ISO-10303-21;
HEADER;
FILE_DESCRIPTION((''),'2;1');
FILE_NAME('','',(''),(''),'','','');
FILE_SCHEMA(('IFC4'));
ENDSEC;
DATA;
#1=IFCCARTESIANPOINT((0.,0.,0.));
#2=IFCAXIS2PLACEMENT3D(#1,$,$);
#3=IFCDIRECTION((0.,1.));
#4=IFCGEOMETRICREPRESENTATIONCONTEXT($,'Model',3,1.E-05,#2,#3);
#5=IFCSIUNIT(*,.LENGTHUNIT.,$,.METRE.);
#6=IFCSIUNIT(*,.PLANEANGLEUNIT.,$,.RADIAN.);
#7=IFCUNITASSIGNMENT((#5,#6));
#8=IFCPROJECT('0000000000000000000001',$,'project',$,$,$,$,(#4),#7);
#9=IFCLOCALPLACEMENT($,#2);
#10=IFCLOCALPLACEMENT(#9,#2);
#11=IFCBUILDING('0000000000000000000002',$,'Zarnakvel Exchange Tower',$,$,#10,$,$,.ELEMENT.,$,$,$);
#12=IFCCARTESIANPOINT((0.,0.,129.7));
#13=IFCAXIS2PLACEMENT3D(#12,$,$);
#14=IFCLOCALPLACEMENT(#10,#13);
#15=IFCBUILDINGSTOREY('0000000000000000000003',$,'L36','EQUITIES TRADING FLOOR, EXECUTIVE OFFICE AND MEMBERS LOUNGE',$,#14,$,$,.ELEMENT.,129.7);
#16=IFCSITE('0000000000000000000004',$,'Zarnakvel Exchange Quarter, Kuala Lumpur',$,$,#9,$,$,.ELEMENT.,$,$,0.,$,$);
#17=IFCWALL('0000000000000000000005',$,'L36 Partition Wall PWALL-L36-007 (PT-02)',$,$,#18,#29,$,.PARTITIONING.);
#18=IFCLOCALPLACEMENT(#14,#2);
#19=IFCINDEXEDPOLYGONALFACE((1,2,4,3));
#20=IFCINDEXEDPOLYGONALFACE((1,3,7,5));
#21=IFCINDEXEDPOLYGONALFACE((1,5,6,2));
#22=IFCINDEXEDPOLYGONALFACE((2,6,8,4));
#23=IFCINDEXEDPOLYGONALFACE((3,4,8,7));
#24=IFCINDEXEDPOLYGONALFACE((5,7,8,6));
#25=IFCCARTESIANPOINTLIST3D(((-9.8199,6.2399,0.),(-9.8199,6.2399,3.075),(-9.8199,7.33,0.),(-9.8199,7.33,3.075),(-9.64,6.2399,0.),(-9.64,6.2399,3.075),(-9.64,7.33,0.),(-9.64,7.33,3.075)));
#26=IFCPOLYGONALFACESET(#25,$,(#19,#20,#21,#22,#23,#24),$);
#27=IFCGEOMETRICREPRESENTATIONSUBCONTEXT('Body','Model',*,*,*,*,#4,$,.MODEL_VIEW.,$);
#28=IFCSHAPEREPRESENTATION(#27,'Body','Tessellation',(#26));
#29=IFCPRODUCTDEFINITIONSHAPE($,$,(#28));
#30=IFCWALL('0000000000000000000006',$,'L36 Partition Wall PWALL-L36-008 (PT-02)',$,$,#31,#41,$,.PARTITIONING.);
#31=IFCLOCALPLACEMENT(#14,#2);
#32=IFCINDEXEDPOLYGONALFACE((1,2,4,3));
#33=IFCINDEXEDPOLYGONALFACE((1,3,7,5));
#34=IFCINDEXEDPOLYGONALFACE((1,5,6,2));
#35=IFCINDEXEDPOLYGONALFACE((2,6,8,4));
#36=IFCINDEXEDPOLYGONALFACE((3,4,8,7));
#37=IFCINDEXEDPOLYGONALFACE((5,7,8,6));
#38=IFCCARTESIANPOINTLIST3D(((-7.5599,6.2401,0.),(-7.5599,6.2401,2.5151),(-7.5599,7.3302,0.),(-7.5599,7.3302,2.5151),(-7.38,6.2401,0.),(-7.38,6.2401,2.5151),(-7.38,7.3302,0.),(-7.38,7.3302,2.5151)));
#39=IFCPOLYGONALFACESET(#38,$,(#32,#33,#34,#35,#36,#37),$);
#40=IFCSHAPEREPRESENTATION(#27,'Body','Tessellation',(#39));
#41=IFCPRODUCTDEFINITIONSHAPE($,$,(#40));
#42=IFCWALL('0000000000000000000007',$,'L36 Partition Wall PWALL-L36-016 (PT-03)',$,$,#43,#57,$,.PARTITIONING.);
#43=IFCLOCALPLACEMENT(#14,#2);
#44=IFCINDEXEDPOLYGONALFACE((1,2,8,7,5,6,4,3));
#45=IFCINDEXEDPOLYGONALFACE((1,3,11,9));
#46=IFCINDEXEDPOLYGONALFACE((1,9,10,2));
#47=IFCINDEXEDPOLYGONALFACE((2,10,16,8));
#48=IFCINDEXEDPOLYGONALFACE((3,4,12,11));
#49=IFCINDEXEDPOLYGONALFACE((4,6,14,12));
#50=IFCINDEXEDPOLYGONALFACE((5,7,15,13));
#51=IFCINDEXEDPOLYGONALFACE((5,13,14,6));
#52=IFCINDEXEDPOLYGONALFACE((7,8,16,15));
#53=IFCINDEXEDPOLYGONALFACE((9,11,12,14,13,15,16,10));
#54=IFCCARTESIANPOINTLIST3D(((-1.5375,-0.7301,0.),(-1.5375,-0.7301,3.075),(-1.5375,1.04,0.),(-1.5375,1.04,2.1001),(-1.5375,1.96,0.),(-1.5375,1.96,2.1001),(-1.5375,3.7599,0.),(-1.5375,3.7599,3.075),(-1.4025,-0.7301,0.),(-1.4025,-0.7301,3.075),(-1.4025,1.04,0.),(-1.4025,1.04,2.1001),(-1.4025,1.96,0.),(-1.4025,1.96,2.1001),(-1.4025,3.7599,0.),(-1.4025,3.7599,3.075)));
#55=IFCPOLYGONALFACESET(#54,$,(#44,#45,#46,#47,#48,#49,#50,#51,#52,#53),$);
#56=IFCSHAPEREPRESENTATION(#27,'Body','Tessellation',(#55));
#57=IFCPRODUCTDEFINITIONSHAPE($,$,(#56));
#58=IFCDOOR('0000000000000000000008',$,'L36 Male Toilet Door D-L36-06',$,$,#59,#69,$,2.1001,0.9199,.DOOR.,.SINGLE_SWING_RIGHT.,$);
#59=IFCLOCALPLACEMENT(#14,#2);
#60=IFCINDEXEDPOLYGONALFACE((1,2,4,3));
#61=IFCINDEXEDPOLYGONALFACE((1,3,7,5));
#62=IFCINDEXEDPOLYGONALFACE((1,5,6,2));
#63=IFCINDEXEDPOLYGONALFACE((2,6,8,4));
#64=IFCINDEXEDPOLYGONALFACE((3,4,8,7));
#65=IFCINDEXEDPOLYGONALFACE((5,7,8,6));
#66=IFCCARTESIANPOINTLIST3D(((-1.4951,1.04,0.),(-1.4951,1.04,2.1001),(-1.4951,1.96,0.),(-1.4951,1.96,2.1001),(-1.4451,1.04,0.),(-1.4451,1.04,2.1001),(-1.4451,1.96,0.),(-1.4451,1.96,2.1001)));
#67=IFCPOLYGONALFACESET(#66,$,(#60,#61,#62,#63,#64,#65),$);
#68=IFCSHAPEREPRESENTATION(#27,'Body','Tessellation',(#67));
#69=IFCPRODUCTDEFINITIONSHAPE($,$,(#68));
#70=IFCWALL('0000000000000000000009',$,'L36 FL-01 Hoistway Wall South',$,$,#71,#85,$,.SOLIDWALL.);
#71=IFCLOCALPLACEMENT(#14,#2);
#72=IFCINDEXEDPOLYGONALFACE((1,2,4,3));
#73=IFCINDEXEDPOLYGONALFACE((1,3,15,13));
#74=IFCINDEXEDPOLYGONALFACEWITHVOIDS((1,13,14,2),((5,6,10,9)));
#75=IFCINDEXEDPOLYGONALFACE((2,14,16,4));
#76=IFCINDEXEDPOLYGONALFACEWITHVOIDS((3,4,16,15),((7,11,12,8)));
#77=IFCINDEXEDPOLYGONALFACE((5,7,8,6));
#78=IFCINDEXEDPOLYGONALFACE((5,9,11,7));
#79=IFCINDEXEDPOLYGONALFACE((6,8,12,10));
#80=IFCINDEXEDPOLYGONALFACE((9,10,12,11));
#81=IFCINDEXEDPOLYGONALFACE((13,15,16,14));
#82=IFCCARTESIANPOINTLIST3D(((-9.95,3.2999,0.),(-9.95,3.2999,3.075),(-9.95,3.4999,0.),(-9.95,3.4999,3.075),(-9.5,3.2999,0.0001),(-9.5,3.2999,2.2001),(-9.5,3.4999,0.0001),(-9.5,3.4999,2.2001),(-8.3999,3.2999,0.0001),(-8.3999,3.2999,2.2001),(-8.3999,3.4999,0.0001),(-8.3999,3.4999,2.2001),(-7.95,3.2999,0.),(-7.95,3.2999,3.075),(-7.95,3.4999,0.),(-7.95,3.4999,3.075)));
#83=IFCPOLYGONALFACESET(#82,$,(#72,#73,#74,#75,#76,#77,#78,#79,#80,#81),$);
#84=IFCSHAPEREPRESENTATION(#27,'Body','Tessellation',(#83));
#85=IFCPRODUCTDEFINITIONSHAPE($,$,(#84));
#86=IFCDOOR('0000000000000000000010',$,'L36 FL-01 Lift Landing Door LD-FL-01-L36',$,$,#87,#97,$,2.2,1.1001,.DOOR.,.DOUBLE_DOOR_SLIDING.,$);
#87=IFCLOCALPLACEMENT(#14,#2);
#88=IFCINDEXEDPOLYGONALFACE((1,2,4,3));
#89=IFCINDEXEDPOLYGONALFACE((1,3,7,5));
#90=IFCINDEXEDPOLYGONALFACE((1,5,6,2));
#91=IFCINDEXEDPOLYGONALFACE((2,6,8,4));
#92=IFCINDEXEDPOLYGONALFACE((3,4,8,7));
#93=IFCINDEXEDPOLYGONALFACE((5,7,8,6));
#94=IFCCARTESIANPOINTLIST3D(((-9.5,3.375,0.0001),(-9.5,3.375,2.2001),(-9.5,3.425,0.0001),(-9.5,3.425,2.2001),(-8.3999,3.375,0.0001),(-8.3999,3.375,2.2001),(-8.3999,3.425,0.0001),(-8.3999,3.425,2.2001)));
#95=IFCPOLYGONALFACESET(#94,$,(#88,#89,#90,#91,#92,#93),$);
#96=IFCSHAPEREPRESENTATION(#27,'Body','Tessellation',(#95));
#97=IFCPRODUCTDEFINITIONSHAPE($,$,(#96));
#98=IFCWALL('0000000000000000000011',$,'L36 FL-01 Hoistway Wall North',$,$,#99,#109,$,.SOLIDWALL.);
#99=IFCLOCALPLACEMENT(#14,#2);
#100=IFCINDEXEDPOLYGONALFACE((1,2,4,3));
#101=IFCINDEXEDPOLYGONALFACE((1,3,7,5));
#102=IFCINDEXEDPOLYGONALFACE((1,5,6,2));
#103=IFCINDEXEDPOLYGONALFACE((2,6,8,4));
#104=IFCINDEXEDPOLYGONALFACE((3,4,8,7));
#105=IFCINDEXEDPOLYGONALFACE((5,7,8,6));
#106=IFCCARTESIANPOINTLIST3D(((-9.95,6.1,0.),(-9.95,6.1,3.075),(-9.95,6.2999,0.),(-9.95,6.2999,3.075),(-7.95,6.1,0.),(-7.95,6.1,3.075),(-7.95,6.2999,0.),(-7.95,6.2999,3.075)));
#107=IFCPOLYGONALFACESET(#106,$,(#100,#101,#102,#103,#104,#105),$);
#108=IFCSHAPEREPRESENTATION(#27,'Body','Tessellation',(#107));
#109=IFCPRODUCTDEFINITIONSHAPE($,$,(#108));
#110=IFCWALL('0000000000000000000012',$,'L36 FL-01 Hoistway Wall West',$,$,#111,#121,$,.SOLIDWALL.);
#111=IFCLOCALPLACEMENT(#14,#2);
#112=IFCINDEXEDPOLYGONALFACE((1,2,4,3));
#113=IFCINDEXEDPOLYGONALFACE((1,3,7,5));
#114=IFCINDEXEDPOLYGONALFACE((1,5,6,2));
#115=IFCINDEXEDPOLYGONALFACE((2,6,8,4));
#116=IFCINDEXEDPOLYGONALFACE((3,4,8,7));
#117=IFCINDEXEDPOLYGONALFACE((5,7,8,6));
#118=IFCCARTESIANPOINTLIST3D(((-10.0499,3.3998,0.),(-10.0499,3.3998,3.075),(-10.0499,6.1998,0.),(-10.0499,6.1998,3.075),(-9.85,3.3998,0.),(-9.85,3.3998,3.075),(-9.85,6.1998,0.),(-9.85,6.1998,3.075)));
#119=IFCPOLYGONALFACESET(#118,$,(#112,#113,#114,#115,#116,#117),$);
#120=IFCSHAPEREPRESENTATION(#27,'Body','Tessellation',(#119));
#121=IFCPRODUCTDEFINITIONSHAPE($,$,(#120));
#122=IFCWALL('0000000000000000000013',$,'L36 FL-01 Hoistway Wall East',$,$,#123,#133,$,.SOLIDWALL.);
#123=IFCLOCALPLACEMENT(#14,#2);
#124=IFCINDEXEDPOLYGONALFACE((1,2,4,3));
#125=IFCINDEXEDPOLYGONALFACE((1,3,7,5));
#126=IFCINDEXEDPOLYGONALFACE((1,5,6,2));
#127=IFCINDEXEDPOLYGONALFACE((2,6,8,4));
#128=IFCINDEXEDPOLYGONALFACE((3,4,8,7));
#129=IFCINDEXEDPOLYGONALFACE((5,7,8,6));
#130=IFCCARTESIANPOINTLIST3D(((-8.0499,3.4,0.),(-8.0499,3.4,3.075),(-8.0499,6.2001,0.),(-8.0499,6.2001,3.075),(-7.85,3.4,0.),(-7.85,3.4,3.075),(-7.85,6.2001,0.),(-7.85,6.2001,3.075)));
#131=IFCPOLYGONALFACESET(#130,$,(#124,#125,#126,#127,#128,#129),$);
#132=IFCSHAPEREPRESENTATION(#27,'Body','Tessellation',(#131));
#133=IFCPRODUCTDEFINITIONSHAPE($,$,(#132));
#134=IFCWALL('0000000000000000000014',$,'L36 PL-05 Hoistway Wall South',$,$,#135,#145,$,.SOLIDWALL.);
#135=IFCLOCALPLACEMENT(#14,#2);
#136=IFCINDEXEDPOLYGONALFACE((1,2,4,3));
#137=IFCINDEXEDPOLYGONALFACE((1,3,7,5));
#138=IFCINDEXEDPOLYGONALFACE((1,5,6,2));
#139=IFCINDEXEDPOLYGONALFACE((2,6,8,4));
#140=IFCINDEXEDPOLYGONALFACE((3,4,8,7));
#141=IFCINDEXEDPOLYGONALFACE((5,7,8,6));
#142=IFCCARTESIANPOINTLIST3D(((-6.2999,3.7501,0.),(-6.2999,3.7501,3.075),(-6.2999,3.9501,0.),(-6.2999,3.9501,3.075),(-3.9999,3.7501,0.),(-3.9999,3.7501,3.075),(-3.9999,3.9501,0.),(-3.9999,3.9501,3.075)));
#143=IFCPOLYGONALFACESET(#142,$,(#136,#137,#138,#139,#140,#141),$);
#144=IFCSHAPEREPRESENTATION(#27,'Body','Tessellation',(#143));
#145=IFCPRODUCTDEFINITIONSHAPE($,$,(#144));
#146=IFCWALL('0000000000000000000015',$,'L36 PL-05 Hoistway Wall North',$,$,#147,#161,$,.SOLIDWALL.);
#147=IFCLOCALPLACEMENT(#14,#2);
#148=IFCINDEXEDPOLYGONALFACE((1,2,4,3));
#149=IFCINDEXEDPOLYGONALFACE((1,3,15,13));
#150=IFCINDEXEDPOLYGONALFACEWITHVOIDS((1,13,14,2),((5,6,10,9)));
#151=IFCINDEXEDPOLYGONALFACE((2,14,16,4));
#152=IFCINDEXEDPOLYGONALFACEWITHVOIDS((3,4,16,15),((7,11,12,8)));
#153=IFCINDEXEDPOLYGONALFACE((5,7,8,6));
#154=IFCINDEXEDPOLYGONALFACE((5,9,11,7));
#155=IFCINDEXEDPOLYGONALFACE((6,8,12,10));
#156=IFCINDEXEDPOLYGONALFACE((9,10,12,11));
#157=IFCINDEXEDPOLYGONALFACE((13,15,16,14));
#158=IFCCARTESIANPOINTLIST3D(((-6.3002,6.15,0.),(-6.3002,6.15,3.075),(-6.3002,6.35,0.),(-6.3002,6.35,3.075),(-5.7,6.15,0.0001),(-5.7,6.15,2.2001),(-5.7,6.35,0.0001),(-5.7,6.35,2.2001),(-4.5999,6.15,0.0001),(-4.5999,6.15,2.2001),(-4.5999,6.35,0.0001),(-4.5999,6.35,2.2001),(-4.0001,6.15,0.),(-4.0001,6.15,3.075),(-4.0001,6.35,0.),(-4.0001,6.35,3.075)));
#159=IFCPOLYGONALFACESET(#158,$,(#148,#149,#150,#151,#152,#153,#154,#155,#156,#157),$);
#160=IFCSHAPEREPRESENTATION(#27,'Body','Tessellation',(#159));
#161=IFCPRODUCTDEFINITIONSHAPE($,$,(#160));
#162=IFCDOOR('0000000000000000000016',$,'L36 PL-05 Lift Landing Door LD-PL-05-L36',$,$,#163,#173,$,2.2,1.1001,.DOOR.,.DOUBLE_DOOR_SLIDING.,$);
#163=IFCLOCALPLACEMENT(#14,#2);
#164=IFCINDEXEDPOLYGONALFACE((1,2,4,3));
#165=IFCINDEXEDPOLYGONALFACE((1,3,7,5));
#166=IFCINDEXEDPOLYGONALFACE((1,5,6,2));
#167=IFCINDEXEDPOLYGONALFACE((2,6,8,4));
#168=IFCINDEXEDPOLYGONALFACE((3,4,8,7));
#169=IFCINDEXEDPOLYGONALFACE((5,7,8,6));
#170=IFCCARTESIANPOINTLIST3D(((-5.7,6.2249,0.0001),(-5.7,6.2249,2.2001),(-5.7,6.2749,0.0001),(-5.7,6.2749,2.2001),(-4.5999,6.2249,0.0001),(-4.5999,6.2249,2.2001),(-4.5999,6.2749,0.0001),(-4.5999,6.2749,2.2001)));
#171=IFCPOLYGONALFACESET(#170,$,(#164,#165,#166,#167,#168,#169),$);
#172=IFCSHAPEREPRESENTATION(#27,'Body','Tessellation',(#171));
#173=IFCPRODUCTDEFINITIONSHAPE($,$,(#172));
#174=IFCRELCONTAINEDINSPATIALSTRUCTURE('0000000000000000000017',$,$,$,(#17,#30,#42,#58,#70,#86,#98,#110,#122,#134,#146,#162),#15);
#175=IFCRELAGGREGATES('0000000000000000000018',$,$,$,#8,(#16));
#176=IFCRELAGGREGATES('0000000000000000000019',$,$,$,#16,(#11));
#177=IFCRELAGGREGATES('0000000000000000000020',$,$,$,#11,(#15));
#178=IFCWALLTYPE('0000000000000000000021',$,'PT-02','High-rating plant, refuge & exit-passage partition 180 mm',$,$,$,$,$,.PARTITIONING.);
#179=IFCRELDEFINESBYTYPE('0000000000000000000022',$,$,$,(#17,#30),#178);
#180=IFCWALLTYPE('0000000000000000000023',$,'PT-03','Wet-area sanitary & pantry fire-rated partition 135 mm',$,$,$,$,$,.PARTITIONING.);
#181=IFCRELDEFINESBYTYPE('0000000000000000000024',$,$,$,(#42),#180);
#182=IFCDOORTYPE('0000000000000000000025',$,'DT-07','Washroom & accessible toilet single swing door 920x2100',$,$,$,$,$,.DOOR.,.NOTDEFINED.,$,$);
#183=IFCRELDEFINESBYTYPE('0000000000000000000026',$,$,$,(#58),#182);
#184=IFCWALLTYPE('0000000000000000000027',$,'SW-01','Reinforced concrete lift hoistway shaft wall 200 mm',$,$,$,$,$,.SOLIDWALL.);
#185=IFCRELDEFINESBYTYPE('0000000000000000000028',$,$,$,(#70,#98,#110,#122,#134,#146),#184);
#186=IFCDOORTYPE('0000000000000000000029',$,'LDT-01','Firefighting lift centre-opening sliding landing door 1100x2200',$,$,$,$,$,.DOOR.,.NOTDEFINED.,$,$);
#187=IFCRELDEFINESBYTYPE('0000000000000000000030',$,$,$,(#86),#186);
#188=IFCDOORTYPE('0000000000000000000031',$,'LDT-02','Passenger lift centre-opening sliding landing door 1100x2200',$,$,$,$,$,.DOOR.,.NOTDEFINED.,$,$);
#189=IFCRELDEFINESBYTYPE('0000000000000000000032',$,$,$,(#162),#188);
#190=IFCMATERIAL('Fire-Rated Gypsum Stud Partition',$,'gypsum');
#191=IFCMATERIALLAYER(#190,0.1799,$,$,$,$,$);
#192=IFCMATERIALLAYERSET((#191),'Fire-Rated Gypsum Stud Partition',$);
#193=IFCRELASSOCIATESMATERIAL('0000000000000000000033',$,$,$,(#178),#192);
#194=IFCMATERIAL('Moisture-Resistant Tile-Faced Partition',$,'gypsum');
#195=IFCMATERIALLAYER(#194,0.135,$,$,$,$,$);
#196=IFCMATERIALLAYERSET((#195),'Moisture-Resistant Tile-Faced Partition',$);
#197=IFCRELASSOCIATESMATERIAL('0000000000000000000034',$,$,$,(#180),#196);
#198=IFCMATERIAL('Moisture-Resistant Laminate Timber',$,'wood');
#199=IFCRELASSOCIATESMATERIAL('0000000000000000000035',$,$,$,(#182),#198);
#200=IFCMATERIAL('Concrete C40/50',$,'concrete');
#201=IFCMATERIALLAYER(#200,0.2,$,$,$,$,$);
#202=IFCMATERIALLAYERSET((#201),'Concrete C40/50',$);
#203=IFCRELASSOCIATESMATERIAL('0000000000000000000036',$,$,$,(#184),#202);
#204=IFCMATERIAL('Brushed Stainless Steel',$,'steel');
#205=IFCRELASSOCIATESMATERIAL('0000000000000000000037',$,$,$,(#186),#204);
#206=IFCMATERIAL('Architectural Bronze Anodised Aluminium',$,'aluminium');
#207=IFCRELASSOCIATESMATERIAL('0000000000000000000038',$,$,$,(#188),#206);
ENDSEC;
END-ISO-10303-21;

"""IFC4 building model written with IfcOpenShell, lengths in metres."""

from ifc_helpers import new_model, si_unit, direction, frame, frame_2d, origin, place, context, subcontext, project, spatial, rectangle, extrude, source, transform, mapped, material, layer, layer_set, type_object, element, fill, save


model = new_model("IFC4")

# Units and contexts
model_context = context("Model", 3, precision=1e-05, world=origin(), true_north=direction((0.0, 1.0)))
body_context = subcontext(model_context, "Body", "Model", "MODEL_VIEW")
ifc_project = project(units=[si_unit("LENGTHUNIT", "METRE"), si_unit("PLANEANGLEUNIT", "RADIAN")], contexts=[model_context])

# Site, building, storey
site_placement = place(None, origin())
site = spatial("IfcSite", under=ifc_project, at=site_placement, Name="Zarnakvel Exchange Quarter, Kuala Lumpur", CompositionType="ELEMENT", RefElevation=0.0)
building_placement = place(site_placement, origin())
building = spatial("IfcBuilding", under=site, at=building_placement, Name="Zarnakvel Exchange Tower", CompositionType="ELEMENT")
storey_placement = place(building_placement, frame((0.0, 0.0, 129.7)))
storey = spatial("IfcBuildingStorey", under=building, at=storey_placement, Name="L36", Description="EQUITIES TRADING FLOOR, EXECUTIVE OFFICE AND MEMBERS LOUNGE", CompositionType="ELEMENT", Elevation=129.7)

# Walls
ifc_material_1 = material(Name="Fire-Rated Gypsum Stud Partition", Category="gypsum")
ifc_layer_1 = layer(ifc_material_1, 0.1799)
ifc_layer_set_1 = layer_set([ifc_layer_1], Name="Fire-Rated Gypsum Stud Partition")
wall_type_1 = type_object("IfcWallType", Name="PT-02", Description="High-rating plant, refuge & exit-passage partition 180 mm", PredefinedType="PARTITIONING", material=ifc_layer_set_1)
wall_1_placement = place(storey_placement, frame((-9.73, 6.24, 0.0), z_axis=(0.0, 0.0, 1.0), x_axis=(0.0, 1.0, 0.0)))
element("IfcWall", 1, at=wall_1_placement, inside=storey, type_object=wall_type_1, Name="L36 Partition Wall PWALL-L36-007 (PT-02)", PredefinedType="PARTITIONING", context=body_context, shape_type="SweptSolid", body=[
    extrude(rectangle(XDim=1.0901, YDim=0.1799, at=frame_2d((0.5449, 0.0))), origin(), (0.0, 0.0, 1.0), 3.075),
])
wall_2_placement = place(storey_placement, frame((-7.47, 7.3301, 0.0), z_axis=(0.0, 0.0, 1.0), x_axis=(0.0, -1.0, 0.0)))
element("IfcWall", 2, at=wall_2_placement, inside=storey, type_object=wall_type_1, Name="L36 Partition Wall PWALL-L36-008 (PT-02)", PredefinedType="PARTITIONING", context=body_context, shape_type="SweptSolid", body=[
    extrude(rectangle(XDim=1.0901, YDim=0.1799, at=frame_2d((0.5449, 0.0))), origin(), (0.0, 0.0, 1.0), 2.5151),
])

# Walls, openings, doors
ifc_material_2 = material(Name="Moisture-Resistant Tile-Faced Partition", Category="gypsum")
ifc_layer_2 = layer(ifc_material_2, 0.135)
ifc_layer_set_2 = layer_set([ifc_layer_2], Name="Moisture-Resistant Tile-Faced Partition")
wall_type_2 = type_object("IfcWallType", Name="PT-03", Description="Wet-area sanitary & pantry fire-rated partition 135 mm", PredefinedType="PARTITIONING", material=ifc_layer_set_2)
wall_3_placement = place(storey_placement, frame((-1.47, 3.76, 0.0), z_axis=(0.0, 0.0, 1.0), x_axis=(0.0, -1.0, 0.0)))
wall_3 = element("IfcWall", 3, at=wall_3_placement, inside=storey, type_object=wall_type_2, Name="L36 Partition Wall PWALL-L36-016 (PT-03)", PredefinedType="PARTITIONING", context=body_context, shape_type="SweptSolid", body=[
    extrude(rectangle(XDim=4.49, YDim=0.135, at=frame_2d((2.2451, 0.0))), origin(), (0.0, 0.0, 1.0), 3.075),
])
opening_1_placement = place(wall_3_placement, frame((1.8, 0.0, 0.0)))
opening_1 = element("IfcOpeningElement", 4, at=opening_1_placement, cuts=wall_3, PredefinedType="OPENING", context=body_context, shape_type="SweptSolid", body=[
    extrude(rectangle(XDim=0.9199, YDim=2.1001, at=frame_2d((0.46, 1.05))), frame((0.0, 0.0774, 0.0), z_axis=(0.0, -1.0, 0.0), x_axis=(1.0, 0.0, 0.0)), (0.0, 0.0, 1.0), 0.155),
])
ifc_material_3 = material(Name="Moisture-Resistant Laminate Timber", Category="wood")
door_type_1 = type_object("IfcDoorType", Name="DT-07", Description="Washroom & accessible toilet single swing door 920x2100", OperationType="NOTDEFINED", PredefinedType="DOOR", material=ifc_material_3)
shared_shape_1 = source(origin(), body_context, "Body", "SweptSolid", [
    extrude(rectangle(XDim=0.9199, YDim=2.1001, at=frame_2d((0.46, 1.05))), frame((0.0, 0.0249, 0.0), z_axis=(0.0, -1.0, 0.0), x_axis=(1.0, 0.0, 0.0)), (0.0, 0.0, 1.0), 0.05),
])
door_1_placement = place(opening_1_placement, origin())
door_1 = element("IfcDoor", 5, at=door_1_placement, inside=storey, type_object=door_type_1, Name="L36 Male Toilet Door D-L36-06", OperationType="SINGLE_SWING_RIGHT", OverallHeight=2.1001, OverallWidth=0.9199, PredefinedType="DOOR", context=body_context, shape_type="MappedRepresentation", body=[
    mapped(shared_shape_1, transform((0.0, 0.0, 0.0), x_axis=(1.0, 0.0, 0.0), y_axis=(0.0, 1.0, 0.0), z_axis=(0.0, 0.0, 1.0), scale=1.0)),
])
fill(opening_1, door_1)
ifc_material_4 = material(Name="Concrete C40/50", Category="concrete")
ifc_layer_3 = layer(ifc_material_4, 0.2)
ifc_layer_set_3 = layer_set([ifc_layer_3], Name="Concrete C40/50")
wall_type_3 = type_object("IfcWallType", Name="SW-01", Description="Reinforced concrete lift hoistway shaft wall 200 mm", PredefinedType="SOLIDWALL", material=ifc_layer_set_3)
wall_4_placement = place(storey_placement, frame((-7.95, 3.3999, 0.0), z_axis=(0.0, 0.0, 1.0), x_axis=(-1.0, 0.0, 0.0)))
wall_4 = element("IfcWall", 6, at=wall_4_placement, inside=storey, type_object=wall_type_3, Name="L36 FL-01 Hoistway Wall South", PredefinedType="SOLIDWALL", context=body_context, shape_type="SweptSolid", body=[
    extrude(rectangle(XDim=2.0, YDim=0.2, at=frame_2d((1.0, 0.0))), origin(), (0.0, 0.0, 1.0), 3.075),
])
opening_2_placement = place(wall_4_placement, frame((0.45, 0.0, 0.0)))
opening_2 = element("IfcOpeningElement", 7, at=opening_2_placement, cuts=wall_4, PredefinedType="OPENING", context=body_context, shape_type="SweptSolid", body=[
    extrude(rectangle(XDim=1.1001, YDim=2.2, at=frame_2d((0.55, 1.1001))), frame((0.0, 0.1099, 0.0), z_axis=(0.0, -1.0, 0.0), x_axis=(1.0, 0.0, 0.0)), (0.0, 0.0, 1.0), 0.22),
])
ifc_material_5 = material(Name="Brushed Stainless Steel", Category="steel")
door_type_2 = type_object("IfcDoorType", Name="LDT-01", Description="Firefighting lift centre-opening sliding landing door 1100x2200", OperationType="NOTDEFINED", PredefinedType="DOOR", material=ifc_material_5)
shared_shape_2 = source(origin(), body_context, "Body", "SweptSolid", [
    extrude(rectangle(XDim=1.1001, YDim=2.2, at=frame_2d((0.55, 1.1001))), frame((0.0, 0.0249, 0.0), z_axis=(0.0, -1.0, 0.0), x_axis=(1.0, 0.0, 0.0)), (0.0, 0.0, 1.0), 0.05),
])
door_2_placement = place(opening_2_placement, origin())
door_2 = element("IfcDoor", 8, at=door_2_placement, inside=storey, type_object=door_type_2, Name="L36 FL-01 Lift Landing Door LD-FL-01-L36", OperationType="DOUBLE_DOOR_SLIDING", OverallHeight=2.2, OverallWidth=1.1001, PredefinedType="DOOR", context=body_context, shape_type="MappedRepresentation", body=[
    mapped(shared_shape_2, transform((0.0, 0.0, 0.0), x_axis=(1.0, 0.0, 0.0), y_axis=(0.0, 1.0, 0.0), z_axis=(0.0, 0.0, 1.0), scale=1.0)),
])
fill(opening_2, door_2)

# Walls
wall_5_placement = place(storey_placement, frame((-9.95, 6.2, 0.0), z_axis=(0.0, 0.0, 1.0), x_axis=(1.0, 0.0, 0.0)))
element("IfcWall", 9, at=wall_5_placement, inside=storey, type_object=wall_type_3, Name="L36 FL-01 Hoistway Wall North", PredefinedType="SOLIDWALL", context=body_context, shape_type="SweptSolid", body=[
    extrude(rectangle(XDim=2.0, YDim=0.2, at=frame_2d((1.0, 0.0))), origin(), (0.0, 0.0, 1.0), 3.075),
])
for number, where, z_axis, x_axis, name in (
    (10, (-9.95, 3.3999, 0.0), (0.0, 0.0, 1.0), (0.0, 1.0, 0.0), "L36 FL-01 Hoistway Wall West"),
    (11, (-7.95, 6.2, 0.0), (0.0, 0.0, 1.0), (0.0, -1.0, 0.0), "L36 FL-01 Hoistway Wall East"),
):
    element("IfcWall", number, at=place(storey_placement, frame(where, z_axis=z_axis, x_axis=x_axis)), inside=storey, type_object=wall_type_3, Name=name, PredefinedType="SOLIDWALL", context=body_context, shape_type="SweptSolid", body=[
        extrude(rectangle(XDim=2.8, YDim=0.2, at=frame_2d((1.3999, 0.0))), origin(), (0.0, 0.0, 1.0), 3.075),
    ])
wall_6_placement = place(storey_placement, frame((-4.0, 3.8501, 0.0), z_axis=(0.0, 0.0, 1.0), x_axis=(-1.0, 0.0, 0.0)))
element("IfcWall", 12, at=wall_6_placement, inside=storey, type_object=wall_type_3, Name="L36 PL-05 Hoistway Wall South", PredefinedType="SOLIDWALL", context=body_context, shape_type="SweptSolid", body=[
    extrude(rectangle(XDim=2.3, YDim=0.2, at=frame_2d((1.1499, 0.0))), origin(), (0.0, 0.0, 1.0), 3.075),
])

# Wall, opening, door
wall_7_placement = place(storey_placement, frame((-6.3, 6.25, 0.0), z_axis=(0.0, 0.0, 1.0), x_axis=(1.0, 0.0, 0.0)))
wall_7 = element("IfcWall", 13, at=wall_7_placement, inside=storey, type_object=wall_type_3, Name="L36 PL-05 Hoistway Wall North", PredefinedType="SOLIDWALL", context=body_context, shape_type="SweptSolid", body=[
    extrude(rectangle(XDim=2.3, YDim=0.2, at=frame_2d((1.1499, 0.0))), origin(), (0.0, 0.0, 1.0), 3.075),
])
opening_3_placement = place(wall_7_placement, frame((0.6001, 0.0, 0.0)))
opening_3 = element("IfcOpeningElement", 14, at=opening_3_placement, cuts=wall_7, PredefinedType="OPENING", context=body_context, shape_type="SweptSolid", body=[
    extrude(rectangle(XDim=1.1001, YDim=2.2, at=frame_2d((0.55, 1.1001))), frame((0.0, 0.1099, 0.0), z_axis=(0.0, -1.0, 0.0), x_axis=(1.0, 0.0, 0.0)), (0.0, 0.0, 1.0), 0.22),
])
ifc_material_6 = material(Name="Architectural Bronze Anodised Aluminium", Category="aluminium")
door_type_3 = type_object("IfcDoorType", Name="LDT-02", Description="Passenger lift centre-opening sliding landing door 1100x2200", OperationType="NOTDEFINED", PredefinedType="DOOR", material=ifc_material_6)
door_3_placement = place(opening_3_placement, origin())
door_3 = element("IfcDoor", 15, at=door_3_placement, inside=storey, type_object=door_type_3, Name="L36 PL-05 Lift Landing Door LD-PL-05-L36", OperationType="DOUBLE_DOOR_SLIDING", OverallHeight=2.2, OverallWidth=1.1001, PredefinedType="DOOR", context=body_context, shape_type="MappedRepresentation", body=[
    mapped(shared_shape_2, transform((0.0, 0.0, 0.0), x_axis=(1.0, 0.0, 0.0), y_axis=(0.0, 1.0, 0.0), z_axis=(0.0, 0.0, 1.0), scale=1.0)),
])
fill(opening_3, door_3)

save(model, "model.ifc")
